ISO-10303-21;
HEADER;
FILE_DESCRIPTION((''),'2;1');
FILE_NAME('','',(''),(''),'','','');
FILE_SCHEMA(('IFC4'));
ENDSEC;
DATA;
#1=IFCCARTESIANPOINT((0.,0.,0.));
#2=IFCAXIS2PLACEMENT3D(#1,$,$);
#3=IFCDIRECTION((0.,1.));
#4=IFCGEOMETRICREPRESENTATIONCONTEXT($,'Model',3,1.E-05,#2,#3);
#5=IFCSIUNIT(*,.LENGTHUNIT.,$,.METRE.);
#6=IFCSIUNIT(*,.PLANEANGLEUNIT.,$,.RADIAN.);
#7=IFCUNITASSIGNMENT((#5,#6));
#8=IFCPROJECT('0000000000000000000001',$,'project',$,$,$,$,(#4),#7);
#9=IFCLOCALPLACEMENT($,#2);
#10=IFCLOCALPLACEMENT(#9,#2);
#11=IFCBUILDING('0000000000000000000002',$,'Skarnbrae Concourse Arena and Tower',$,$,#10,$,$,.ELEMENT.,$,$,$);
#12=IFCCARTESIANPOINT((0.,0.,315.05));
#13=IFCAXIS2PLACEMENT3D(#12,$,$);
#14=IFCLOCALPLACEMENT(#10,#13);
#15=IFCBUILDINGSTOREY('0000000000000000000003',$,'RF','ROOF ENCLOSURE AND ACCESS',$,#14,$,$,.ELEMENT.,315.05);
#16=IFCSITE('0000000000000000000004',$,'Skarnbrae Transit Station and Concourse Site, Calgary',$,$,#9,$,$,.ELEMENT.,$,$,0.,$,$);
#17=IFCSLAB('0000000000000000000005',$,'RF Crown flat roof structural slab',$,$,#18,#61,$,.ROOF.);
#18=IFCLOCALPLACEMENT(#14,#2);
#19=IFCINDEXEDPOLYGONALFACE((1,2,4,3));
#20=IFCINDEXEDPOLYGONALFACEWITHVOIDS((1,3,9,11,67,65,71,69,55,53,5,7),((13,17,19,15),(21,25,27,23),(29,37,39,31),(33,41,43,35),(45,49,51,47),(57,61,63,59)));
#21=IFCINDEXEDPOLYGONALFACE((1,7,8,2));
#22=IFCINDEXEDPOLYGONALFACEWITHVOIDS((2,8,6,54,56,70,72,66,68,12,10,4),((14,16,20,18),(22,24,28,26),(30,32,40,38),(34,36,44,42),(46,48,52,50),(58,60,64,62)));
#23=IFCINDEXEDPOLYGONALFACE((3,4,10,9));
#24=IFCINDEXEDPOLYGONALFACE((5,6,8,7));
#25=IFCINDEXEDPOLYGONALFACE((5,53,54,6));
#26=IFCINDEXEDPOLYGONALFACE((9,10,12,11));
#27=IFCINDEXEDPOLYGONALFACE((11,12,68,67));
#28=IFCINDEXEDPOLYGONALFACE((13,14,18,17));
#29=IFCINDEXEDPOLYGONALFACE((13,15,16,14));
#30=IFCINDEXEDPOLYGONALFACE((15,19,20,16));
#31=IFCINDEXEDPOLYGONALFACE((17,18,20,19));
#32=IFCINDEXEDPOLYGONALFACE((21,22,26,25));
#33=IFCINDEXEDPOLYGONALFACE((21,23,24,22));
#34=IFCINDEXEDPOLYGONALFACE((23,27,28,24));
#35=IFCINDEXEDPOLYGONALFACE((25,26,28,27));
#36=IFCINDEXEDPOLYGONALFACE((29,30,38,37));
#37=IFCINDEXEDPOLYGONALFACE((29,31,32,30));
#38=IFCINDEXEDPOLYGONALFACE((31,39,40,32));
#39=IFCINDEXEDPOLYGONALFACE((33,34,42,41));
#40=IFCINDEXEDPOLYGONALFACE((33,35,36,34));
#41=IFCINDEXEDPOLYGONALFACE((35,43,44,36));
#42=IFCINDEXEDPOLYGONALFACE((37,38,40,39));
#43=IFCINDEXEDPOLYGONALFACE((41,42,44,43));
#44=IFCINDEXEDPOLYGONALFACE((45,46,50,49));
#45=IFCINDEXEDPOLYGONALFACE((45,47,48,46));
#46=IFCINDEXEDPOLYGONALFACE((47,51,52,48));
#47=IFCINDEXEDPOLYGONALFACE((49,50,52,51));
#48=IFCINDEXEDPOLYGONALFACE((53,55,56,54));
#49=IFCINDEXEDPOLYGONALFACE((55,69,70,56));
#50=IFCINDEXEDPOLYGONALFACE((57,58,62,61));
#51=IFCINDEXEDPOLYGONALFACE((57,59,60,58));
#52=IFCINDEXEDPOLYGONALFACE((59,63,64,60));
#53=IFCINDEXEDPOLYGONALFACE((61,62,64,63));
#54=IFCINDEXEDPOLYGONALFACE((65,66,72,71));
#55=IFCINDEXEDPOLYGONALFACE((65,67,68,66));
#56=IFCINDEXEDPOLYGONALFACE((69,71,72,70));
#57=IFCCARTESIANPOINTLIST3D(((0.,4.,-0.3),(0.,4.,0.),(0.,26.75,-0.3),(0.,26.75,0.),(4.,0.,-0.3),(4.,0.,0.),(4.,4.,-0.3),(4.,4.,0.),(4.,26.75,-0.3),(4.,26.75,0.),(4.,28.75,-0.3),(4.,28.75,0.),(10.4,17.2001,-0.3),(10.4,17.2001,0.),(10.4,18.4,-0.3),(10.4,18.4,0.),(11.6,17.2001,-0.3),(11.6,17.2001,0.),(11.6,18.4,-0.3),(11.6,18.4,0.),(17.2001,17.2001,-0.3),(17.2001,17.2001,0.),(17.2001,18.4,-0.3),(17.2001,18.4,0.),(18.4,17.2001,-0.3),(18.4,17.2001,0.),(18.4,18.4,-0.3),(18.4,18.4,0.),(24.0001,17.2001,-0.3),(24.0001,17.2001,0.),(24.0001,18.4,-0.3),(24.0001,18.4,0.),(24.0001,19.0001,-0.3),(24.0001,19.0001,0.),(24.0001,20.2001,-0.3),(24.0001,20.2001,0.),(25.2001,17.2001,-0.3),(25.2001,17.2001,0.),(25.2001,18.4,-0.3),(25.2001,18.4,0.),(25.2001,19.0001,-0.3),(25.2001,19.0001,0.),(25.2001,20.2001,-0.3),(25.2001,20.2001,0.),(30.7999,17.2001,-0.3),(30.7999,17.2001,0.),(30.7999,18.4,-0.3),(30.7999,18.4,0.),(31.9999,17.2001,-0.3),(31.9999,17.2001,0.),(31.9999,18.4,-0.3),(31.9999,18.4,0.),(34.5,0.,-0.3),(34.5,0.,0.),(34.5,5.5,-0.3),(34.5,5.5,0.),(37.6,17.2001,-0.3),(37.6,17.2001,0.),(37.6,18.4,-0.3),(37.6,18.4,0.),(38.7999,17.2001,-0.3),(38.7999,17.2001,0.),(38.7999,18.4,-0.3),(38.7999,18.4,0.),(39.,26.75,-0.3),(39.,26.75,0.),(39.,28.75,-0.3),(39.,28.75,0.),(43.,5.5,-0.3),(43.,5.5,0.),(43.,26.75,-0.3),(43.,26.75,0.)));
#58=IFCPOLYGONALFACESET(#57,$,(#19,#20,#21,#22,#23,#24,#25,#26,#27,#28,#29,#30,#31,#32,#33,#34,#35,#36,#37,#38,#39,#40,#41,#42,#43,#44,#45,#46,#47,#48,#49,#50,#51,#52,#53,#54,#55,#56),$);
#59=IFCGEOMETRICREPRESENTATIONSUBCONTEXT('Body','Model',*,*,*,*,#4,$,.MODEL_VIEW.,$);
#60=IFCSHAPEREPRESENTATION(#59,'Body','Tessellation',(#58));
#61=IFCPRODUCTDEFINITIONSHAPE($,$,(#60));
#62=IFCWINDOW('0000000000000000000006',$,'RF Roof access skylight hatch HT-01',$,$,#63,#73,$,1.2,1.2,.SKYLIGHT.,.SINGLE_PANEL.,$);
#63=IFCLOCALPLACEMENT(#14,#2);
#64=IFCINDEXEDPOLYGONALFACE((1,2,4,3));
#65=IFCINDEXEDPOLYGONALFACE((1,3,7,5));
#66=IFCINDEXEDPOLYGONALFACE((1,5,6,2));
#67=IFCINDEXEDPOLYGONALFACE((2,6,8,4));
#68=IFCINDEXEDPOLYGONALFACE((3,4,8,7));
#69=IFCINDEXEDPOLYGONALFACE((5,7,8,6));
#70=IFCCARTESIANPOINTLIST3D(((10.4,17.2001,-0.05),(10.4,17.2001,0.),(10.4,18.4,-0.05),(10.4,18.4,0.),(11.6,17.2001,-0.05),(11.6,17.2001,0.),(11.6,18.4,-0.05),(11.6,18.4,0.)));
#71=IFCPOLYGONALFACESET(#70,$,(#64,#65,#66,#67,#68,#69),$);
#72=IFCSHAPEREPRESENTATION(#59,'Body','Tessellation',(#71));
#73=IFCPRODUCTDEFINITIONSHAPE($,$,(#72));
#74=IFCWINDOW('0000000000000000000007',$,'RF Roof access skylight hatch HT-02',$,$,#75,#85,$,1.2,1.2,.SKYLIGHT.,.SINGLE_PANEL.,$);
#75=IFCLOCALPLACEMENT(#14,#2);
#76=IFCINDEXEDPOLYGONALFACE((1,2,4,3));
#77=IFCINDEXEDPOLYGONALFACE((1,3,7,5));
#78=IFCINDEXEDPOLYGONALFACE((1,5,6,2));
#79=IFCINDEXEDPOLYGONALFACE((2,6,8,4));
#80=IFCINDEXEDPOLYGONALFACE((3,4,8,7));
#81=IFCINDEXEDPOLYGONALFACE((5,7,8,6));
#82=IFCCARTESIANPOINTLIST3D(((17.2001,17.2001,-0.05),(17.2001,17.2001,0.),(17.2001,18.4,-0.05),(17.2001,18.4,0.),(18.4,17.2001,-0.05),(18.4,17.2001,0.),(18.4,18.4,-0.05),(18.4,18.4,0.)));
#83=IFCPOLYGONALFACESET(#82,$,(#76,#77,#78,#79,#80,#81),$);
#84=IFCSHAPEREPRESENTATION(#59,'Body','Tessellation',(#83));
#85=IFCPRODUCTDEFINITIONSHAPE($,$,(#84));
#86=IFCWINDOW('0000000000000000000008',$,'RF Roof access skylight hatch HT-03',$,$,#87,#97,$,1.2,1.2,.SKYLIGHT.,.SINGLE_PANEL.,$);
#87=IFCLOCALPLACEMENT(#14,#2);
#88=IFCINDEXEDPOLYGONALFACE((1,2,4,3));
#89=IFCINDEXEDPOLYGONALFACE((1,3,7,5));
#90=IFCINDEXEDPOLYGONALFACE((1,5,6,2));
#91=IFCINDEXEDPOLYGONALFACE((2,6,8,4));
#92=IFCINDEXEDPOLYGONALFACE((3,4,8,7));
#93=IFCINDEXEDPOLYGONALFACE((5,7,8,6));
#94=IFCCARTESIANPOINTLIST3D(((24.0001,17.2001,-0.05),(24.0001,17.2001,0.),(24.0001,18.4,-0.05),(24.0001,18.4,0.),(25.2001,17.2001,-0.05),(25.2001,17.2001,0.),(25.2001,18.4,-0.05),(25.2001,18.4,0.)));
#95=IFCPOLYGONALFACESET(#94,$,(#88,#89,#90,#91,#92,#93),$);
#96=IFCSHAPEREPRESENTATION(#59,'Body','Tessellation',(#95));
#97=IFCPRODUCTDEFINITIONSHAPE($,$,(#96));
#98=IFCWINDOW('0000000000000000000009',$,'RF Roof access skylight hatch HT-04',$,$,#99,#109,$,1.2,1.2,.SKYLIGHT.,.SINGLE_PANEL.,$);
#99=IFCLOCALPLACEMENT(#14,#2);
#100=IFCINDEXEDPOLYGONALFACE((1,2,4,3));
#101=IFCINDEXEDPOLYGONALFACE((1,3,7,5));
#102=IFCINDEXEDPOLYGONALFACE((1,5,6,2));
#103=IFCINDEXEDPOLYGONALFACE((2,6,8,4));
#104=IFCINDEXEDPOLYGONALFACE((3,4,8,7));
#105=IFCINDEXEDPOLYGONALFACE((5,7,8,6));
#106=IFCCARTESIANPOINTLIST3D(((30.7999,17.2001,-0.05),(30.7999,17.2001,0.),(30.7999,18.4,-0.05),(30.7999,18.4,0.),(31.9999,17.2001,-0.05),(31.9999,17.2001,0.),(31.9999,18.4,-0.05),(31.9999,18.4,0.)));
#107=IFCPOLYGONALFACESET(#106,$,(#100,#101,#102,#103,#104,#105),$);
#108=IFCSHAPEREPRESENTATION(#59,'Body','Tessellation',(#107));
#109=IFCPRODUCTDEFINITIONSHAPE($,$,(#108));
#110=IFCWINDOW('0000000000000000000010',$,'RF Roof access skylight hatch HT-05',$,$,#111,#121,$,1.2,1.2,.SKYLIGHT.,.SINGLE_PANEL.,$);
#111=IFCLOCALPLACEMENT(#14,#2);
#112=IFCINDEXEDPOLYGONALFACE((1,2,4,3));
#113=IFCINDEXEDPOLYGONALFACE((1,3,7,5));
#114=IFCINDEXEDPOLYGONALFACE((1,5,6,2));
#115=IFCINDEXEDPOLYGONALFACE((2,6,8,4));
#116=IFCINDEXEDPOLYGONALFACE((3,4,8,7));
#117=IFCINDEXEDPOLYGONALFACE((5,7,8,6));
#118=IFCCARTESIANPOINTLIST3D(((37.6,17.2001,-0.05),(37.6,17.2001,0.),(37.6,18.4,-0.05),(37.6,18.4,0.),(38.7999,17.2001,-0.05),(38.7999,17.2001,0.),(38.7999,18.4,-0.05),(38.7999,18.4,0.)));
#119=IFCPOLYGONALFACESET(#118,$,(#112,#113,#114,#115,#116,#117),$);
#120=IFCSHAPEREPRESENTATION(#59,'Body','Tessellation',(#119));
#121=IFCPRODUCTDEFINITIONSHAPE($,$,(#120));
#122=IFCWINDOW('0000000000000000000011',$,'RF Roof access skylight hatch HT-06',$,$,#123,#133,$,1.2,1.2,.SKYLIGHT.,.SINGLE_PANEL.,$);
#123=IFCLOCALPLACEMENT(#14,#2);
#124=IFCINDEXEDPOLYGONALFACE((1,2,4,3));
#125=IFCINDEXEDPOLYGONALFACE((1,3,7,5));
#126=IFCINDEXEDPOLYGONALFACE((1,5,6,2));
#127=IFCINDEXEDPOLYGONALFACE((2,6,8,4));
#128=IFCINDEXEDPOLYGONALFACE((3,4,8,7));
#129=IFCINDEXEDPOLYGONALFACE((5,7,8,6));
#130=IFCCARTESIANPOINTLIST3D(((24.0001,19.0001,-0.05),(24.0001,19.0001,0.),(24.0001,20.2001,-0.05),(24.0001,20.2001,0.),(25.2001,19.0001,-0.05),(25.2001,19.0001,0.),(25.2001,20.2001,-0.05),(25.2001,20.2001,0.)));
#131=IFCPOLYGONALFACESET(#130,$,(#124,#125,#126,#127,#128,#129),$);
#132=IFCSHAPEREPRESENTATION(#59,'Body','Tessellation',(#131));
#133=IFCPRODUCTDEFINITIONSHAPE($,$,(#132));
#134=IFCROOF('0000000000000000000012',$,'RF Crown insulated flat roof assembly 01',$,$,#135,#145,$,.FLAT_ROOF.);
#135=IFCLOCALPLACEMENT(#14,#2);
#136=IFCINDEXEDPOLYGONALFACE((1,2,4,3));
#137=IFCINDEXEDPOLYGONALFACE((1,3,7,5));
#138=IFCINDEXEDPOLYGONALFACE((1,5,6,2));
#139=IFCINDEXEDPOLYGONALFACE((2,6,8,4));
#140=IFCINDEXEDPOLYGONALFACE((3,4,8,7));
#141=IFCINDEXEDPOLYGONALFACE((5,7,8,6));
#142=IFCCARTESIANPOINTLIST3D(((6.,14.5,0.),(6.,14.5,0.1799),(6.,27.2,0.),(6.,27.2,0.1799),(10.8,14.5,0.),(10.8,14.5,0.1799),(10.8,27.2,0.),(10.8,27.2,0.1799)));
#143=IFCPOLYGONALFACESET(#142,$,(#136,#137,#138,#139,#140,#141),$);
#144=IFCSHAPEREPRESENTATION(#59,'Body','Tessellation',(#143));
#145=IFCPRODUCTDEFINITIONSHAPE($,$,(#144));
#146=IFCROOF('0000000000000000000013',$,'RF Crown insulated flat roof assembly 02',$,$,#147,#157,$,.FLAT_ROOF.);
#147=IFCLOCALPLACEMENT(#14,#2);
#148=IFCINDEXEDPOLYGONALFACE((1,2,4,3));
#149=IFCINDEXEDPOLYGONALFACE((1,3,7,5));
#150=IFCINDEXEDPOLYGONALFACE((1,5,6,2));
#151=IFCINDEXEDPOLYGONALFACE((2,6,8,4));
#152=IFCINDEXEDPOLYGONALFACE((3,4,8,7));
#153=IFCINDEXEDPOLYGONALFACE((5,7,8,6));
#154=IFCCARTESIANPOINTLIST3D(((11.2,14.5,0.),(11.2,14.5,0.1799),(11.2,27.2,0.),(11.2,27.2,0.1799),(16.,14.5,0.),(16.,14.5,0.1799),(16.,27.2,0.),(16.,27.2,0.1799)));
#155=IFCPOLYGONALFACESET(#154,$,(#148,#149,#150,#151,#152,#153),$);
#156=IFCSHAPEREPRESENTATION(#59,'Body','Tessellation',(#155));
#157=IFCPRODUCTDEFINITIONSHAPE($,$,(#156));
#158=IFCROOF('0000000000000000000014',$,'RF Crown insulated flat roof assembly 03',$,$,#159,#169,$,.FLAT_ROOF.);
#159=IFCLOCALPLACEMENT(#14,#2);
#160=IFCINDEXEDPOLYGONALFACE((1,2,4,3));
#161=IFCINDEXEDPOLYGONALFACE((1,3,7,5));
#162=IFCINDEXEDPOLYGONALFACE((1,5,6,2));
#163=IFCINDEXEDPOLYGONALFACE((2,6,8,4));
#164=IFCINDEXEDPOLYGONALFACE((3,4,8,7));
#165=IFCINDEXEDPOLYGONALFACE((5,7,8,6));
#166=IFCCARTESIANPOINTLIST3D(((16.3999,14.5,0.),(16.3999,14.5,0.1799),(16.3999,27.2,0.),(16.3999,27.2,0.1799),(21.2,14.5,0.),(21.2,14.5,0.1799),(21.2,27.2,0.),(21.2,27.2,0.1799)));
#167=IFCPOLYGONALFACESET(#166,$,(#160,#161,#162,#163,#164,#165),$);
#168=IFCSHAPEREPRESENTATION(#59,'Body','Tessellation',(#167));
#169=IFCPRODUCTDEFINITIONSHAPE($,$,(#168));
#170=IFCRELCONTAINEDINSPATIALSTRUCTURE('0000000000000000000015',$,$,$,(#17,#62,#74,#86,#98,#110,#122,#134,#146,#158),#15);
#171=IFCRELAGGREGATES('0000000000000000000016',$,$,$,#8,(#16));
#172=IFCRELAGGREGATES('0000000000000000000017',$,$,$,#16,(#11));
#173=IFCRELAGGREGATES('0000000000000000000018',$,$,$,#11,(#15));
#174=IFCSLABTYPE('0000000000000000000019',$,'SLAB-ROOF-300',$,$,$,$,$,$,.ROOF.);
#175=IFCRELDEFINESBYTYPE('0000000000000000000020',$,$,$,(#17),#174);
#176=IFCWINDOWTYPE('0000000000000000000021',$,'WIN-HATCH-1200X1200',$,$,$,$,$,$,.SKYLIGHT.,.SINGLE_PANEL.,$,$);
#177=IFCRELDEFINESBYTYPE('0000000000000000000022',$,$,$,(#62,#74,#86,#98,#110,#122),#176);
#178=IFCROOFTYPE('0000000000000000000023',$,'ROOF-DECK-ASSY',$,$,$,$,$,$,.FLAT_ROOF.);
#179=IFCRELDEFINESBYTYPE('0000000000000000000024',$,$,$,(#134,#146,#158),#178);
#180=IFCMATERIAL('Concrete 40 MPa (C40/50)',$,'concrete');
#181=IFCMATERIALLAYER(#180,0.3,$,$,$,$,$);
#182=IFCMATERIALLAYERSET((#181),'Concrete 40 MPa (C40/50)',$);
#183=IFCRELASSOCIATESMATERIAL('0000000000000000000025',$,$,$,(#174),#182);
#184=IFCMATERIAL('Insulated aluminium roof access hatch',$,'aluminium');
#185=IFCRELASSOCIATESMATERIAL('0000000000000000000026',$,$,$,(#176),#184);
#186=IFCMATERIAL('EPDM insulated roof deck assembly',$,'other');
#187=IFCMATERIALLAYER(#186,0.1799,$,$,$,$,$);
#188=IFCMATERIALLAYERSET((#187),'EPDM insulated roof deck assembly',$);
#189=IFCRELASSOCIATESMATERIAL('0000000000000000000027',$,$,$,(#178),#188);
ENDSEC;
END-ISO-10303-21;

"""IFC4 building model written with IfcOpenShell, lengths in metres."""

from ifc_helpers import new_model, si_unit, direction, frame, origin, origin_2d, place, context, subcontext, project, spatial, polyline, rectangle, outline, extrude, material, layer, layer_set, type_object, element, fill, save


model = new_model("IFC4")

# Units and contexts
model_context = context("Model", 3, precision=1e-05, world=origin(), true_north=direction((0.0, 1.0)))
body_context = subcontext(model_context, "Body", "Model", "MODEL_VIEW")
ifc_project = project(units=[si_unit("LENGTHUNIT", "METRE"), si_unit("PLANEANGLEUNIT", "RADIAN")], contexts=[model_context])

# Site, building, storey
site_placement = place(None, origin())
site = spatial("IfcSite", under=ifc_project, at=site_placement, Name="Skarnbrae Transit Station and Concourse Site, Calgary", CompositionType="ELEMENT", RefElevation=0.0)
building_placement = place(site_placement, origin())
building = spatial("IfcBuilding", under=site, at=building_placement, Name="Skarnbrae Concourse Arena and Tower", CompositionType="ELEMENT")
storey_placement = place(building_placement, frame((0.0, 0.0, 315.05)))
storey = spatial("IfcBuildingStorey", under=building, at=storey_placement, Name="RF", Description="ROOF ENCLOSURE AND ACCESS", CompositionType="ELEMENT", Elevation=315.05)

# Slab, openings, windows
ifc_material_1 = material(Name="Concrete 40 MPa (C40/50)", Category="concrete")
ifc_layer_1 = layer(ifc_material_1, 0.3)
ifc_layer_set_1 = layer_set([ifc_layer_1], Name="Concrete 40 MPa (C40/50)")
slab_type = type_object("IfcSlabType", Name="SLAB-ROOF-300", PredefinedType="ROOF", material=ifc_layer_set_1)
slab_placement = place(storey_placement, frame((0.0, 0.0, -0.3)))
slab = element("IfcSlab", 1, at=slab_placement, inside=storey, type_object=slab_type, Name="RF Crown flat roof structural slab", PredefinedType="ROOF", context=body_context, shape_type="SweptSolid", body=[
    extrude(outline(polyline([(4.0, 0.0), (34.5, 0.0), (34.5, 5.5), (43.0, 5.5), (43.0, 26.75), (39.0, 26.75), (39.0, 28.75), (4.0, 28.75), (4.0, 26.75), (0.0, 26.75), (0.0, 4.0), (4.0, 4.0), (4.0, 0.0)])), origin(), (0.0, 0.0, 1.0), 0.3),
])
opening_1_placement = place(slab_placement, frame((11.0, 17.8, 0.0)))
opening_1 = element("IfcOpeningElement", 2, at=opening_1_placement, cuts=slab, PredefinedType="OPENING", context=body_context, shape_type="SweptSolid", body=[
    extrude(rectangle(XDim=1.2, YDim=1.2, at=origin_2d()), frame((0.0, 0.0, -0.01)), (0.0, 0.0, 1.0), 0.3201),
])
opening_2_placement = place(slab_placement, frame((17.8, 17.8, 0.0)))
opening_2 = element("IfcOpeningElement", 3, at=opening_2_placement, cuts=slab, PredefinedType="OPENING", context=body_context, shape_type="SweptSolid", body=[
    extrude(rectangle(XDim=1.2, YDim=1.2, at=origin_2d()), frame((0.0, 0.0, -0.01)), (0.0, 0.0, 1.0), 0.3201),
])
opening_3_placement = place(slab_placement, frame((24.6001, 17.8, 0.0)))
opening_3 = element("IfcOpeningElement", 4, at=opening_3_placement, cuts=slab, PredefinedType="OPENING", context=body_context, shape_type="SweptSolid", body=[
    extrude(rectangle(XDim=1.2, YDim=1.2, at=origin_2d()), frame((0.0, 0.0, -0.01)), (0.0, 0.0, 1.0), 0.3201),
])
opening_4_placement = place(slab_placement, frame((31.3999, 17.8, 0.0)))
opening_4 = element("IfcOpeningElement", 5, at=opening_4_placement, cuts=slab, PredefinedType="OPENING", context=body_context, shape_type="SweptSolid", body=[
    extrude(rectangle(XDim=1.2, YDim=1.2, at=origin_2d()), frame((0.0, 0.0, -0.01)), (0.0, 0.0, 1.0), 0.3201),
])
opening_5_placement = place(slab_placement, frame((38.2, 17.8, 0.0)))
opening_5 = element("IfcOpeningElement", 6, at=opening_5_placement, cuts=slab, PredefinedType="OPENING", context=body_context, shape_type="SweptSolid", body=[
    extrude(rectangle(XDim=1.2, YDim=1.2, at=origin_2d()), frame((0.0, 0.0, -0.01)), (0.0, 0.0, 1.0), 0.3201),
])
opening_6_placement = place(slab_placement, frame((24.6001, 19.6001, 0.0)))
opening_6 = element("IfcOpeningElement", 7, at=opening_6_placement, cuts=slab, PredefinedType="OPENING", context=body_context, shape_type="SweptSolid", body=[
    extrude(rectangle(XDim=1.2, YDim=1.2, at=origin_2d()), frame((0.0, 0.0, -0.01)), (0.0, 0.0, 1.0), 0.3201),
])
ifc_material_2 = material(Name="Insulated aluminium roof access hatch", Category="aluminium")
window_type = type_object("IfcWindowType", Name="WIN-HATCH-1200X1200", PartitioningType="SINGLE_PANEL", PredefinedType="SKYLIGHT", material=ifc_material_2)
window_1_placement = place(opening_1_placement, frame((0.0, 0.0, 0.25)))
window_1 = element("IfcWindow", 8, at=window_1_placement, inside=storey, type_object=window_type, Name="RF Roof access skylight hatch HT-01", OverallHeight=1.2, OverallWidth=1.2, PartitioningType="SINGLE_PANEL", PredefinedType="SKYLIGHT", context=body_context, shape_type="SweptSolid", body=[
    extrude(rectangle(XDim=1.2, YDim=1.2, at=origin_2d()), origin(), (0.0, 0.0, 1.0), 0.05),
])
fill(opening_1, window_1)
window_2_placement = place(opening_2_placement, frame((0.0, 0.0, 0.25)))
window_2 = element("IfcWindow", 9, at=window_2_placement, inside=storey, type_object=window_type, Name="RF Roof access skylight hatch HT-02", OverallHeight=1.2, OverallWidth=1.2, PartitioningType="SINGLE_PANEL", PredefinedType="SKYLIGHT", context=body_context, shape_type="SweptSolid", body=[
    extrude(rectangle(XDim=1.2, YDim=1.2, at=origin_2d()), origin(), (0.0, 0.0, 1.0), 0.05),
])
fill(opening_2, window_2)
window_3_placement = place(opening_3_placement, frame((0.0, 0.0, 0.25)))
window_3 = element("IfcWindow", 10, at=window_3_placement, inside=storey, type_object=window_type, Name="RF Roof access skylight hatch HT-03", OverallHeight=1.2, OverallWidth=1.2, PartitioningType="SINGLE_PANEL", PredefinedType="SKYLIGHT", context=body_context, shape_type="SweptSolid", body=[
    extrude(rectangle(XDim=1.2, YDim=1.2, at=origin_2d()), origin(), (0.0, 0.0, 1.0), 0.05),
])
fill(opening_3, window_3)
window_4_placement = place(opening_4_placement, frame((0.0, 0.0, 0.25)))
window_4 = element("IfcWindow", 11, at=window_4_placement, inside=storey, type_object=window_type, Name="RF Roof access skylight hatch HT-04", OverallHeight=1.2, OverallWidth=1.2, PartitioningType="SINGLE_PANEL", PredefinedType="SKYLIGHT", context=body_context, shape_type="SweptSolid", body=[
    extrude(rectangle(XDim=1.2, YDim=1.2, at=origin_2d()), origin(), (0.0, 0.0, 1.0), 0.05),
])
fill(opening_4, window_4)
window_5_placement = place(opening_5_placement, frame((0.0, 0.0, 0.25)))
window_5 = element("IfcWindow", 12, at=window_5_placement, inside=storey, type_object=window_type, Name="RF Roof access skylight hatch HT-05", OverallHeight=1.2, OverallWidth=1.2, PartitioningType="SINGLE_PANEL", PredefinedType="SKYLIGHT", context=body_context, shape_type="SweptSolid", body=[
    extrude(rectangle(XDim=1.2, YDim=1.2, at=origin_2d()), origin(), (0.0, 0.0, 1.0), 0.05),
])
fill(opening_5, window_5)
window_6_placement = place(opening_6_placement, frame((0.0, 0.0, 0.25)))
window_6 = element("IfcWindow", 13, at=window_6_placement, inside=storey, type_object=window_type, Name="RF Roof access skylight hatch HT-06", OverallHeight=1.2, OverallWidth=1.2, PartitioningType="SINGLE_PANEL", PredefinedType="SKYLIGHT", context=body_context, shape_type="SweptSolid", body=[
    extrude(rectangle(XDim=1.2, YDim=1.2, at=origin_2d()), origin(), (0.0, 0.0, 1.0), 0.05),
])
fill(opening_6, window_6)

# Roofs
ifc_material_3 = material(Name="EPDM insulated roof deck assembly", Category="other")
ifc_layer_2 = layer(ifc_material_3, 0.1799)
ifc_layer_set_2 = layer_set([ifc_layer_2], Name="EPDM insulated roof deck assembly")
roof_type = type_object("IfcRoofType", Name="ROOF-DECK-ASSY", PredefinedType="FLAT_ROOF", material=ifc_layer_set_2)
roof_1_placement = place(storey_placement, origin())
element("IfcRoof", 14, at=roof_1_placement, inside=storey, type_object=roof_type, Name="RF Crown insulated flat roof assembly 01", PredefinedType="FLAT_ROOF", context=body_context, shape_type="SweptSolid", body=[
    extrude(outline(polyline([(6.0, 14.5), (10.8, 14.5), (10.8, 27.2), (6.0, 27.2), (6.0, 14.5)])), origin(), (0.0, 0.0, 1.0), 0.1799),
])
roof_2_placement = place(storey_placement, origin())
element("IfcRoof", 15, at=roof_2_placement, inside=storey, type_object=roof_type, Name="RF Crown insulated flat roof assembly 02", PredefinedType="FLAT_ROOF", context=body_context, shape_type="SweptSolid", body=[
    extrude(outline(polyline([(11.2, 14.5), (16.0, 14.5), (16.0, 27.2), (11.2, 27.2), (11.2, 14.5)])), origin(), (0.0, 0.0, 1.0), 0.1799),
])
roof_3_placement = place(storey_placement, origin())
element("IfcRoof", 16, at=roof_3_placement, inside=storey, type_object=roof_type, Name="RF Crown insulated flat roof assembly 03", PredefinedType="FLAT_ROOF", context=body_context, shape_type="SweptSolid", body=[
    extrude(outline(polyline([(16.3999, 14.5), (21.2, 14.5), (21.2, 27.2), (16.3999, 27.2), (16.3999, 14.5)])), origin(), (0.0, 0.0, 1.0), 0.1799),
])

save(model, "model.ifc")
